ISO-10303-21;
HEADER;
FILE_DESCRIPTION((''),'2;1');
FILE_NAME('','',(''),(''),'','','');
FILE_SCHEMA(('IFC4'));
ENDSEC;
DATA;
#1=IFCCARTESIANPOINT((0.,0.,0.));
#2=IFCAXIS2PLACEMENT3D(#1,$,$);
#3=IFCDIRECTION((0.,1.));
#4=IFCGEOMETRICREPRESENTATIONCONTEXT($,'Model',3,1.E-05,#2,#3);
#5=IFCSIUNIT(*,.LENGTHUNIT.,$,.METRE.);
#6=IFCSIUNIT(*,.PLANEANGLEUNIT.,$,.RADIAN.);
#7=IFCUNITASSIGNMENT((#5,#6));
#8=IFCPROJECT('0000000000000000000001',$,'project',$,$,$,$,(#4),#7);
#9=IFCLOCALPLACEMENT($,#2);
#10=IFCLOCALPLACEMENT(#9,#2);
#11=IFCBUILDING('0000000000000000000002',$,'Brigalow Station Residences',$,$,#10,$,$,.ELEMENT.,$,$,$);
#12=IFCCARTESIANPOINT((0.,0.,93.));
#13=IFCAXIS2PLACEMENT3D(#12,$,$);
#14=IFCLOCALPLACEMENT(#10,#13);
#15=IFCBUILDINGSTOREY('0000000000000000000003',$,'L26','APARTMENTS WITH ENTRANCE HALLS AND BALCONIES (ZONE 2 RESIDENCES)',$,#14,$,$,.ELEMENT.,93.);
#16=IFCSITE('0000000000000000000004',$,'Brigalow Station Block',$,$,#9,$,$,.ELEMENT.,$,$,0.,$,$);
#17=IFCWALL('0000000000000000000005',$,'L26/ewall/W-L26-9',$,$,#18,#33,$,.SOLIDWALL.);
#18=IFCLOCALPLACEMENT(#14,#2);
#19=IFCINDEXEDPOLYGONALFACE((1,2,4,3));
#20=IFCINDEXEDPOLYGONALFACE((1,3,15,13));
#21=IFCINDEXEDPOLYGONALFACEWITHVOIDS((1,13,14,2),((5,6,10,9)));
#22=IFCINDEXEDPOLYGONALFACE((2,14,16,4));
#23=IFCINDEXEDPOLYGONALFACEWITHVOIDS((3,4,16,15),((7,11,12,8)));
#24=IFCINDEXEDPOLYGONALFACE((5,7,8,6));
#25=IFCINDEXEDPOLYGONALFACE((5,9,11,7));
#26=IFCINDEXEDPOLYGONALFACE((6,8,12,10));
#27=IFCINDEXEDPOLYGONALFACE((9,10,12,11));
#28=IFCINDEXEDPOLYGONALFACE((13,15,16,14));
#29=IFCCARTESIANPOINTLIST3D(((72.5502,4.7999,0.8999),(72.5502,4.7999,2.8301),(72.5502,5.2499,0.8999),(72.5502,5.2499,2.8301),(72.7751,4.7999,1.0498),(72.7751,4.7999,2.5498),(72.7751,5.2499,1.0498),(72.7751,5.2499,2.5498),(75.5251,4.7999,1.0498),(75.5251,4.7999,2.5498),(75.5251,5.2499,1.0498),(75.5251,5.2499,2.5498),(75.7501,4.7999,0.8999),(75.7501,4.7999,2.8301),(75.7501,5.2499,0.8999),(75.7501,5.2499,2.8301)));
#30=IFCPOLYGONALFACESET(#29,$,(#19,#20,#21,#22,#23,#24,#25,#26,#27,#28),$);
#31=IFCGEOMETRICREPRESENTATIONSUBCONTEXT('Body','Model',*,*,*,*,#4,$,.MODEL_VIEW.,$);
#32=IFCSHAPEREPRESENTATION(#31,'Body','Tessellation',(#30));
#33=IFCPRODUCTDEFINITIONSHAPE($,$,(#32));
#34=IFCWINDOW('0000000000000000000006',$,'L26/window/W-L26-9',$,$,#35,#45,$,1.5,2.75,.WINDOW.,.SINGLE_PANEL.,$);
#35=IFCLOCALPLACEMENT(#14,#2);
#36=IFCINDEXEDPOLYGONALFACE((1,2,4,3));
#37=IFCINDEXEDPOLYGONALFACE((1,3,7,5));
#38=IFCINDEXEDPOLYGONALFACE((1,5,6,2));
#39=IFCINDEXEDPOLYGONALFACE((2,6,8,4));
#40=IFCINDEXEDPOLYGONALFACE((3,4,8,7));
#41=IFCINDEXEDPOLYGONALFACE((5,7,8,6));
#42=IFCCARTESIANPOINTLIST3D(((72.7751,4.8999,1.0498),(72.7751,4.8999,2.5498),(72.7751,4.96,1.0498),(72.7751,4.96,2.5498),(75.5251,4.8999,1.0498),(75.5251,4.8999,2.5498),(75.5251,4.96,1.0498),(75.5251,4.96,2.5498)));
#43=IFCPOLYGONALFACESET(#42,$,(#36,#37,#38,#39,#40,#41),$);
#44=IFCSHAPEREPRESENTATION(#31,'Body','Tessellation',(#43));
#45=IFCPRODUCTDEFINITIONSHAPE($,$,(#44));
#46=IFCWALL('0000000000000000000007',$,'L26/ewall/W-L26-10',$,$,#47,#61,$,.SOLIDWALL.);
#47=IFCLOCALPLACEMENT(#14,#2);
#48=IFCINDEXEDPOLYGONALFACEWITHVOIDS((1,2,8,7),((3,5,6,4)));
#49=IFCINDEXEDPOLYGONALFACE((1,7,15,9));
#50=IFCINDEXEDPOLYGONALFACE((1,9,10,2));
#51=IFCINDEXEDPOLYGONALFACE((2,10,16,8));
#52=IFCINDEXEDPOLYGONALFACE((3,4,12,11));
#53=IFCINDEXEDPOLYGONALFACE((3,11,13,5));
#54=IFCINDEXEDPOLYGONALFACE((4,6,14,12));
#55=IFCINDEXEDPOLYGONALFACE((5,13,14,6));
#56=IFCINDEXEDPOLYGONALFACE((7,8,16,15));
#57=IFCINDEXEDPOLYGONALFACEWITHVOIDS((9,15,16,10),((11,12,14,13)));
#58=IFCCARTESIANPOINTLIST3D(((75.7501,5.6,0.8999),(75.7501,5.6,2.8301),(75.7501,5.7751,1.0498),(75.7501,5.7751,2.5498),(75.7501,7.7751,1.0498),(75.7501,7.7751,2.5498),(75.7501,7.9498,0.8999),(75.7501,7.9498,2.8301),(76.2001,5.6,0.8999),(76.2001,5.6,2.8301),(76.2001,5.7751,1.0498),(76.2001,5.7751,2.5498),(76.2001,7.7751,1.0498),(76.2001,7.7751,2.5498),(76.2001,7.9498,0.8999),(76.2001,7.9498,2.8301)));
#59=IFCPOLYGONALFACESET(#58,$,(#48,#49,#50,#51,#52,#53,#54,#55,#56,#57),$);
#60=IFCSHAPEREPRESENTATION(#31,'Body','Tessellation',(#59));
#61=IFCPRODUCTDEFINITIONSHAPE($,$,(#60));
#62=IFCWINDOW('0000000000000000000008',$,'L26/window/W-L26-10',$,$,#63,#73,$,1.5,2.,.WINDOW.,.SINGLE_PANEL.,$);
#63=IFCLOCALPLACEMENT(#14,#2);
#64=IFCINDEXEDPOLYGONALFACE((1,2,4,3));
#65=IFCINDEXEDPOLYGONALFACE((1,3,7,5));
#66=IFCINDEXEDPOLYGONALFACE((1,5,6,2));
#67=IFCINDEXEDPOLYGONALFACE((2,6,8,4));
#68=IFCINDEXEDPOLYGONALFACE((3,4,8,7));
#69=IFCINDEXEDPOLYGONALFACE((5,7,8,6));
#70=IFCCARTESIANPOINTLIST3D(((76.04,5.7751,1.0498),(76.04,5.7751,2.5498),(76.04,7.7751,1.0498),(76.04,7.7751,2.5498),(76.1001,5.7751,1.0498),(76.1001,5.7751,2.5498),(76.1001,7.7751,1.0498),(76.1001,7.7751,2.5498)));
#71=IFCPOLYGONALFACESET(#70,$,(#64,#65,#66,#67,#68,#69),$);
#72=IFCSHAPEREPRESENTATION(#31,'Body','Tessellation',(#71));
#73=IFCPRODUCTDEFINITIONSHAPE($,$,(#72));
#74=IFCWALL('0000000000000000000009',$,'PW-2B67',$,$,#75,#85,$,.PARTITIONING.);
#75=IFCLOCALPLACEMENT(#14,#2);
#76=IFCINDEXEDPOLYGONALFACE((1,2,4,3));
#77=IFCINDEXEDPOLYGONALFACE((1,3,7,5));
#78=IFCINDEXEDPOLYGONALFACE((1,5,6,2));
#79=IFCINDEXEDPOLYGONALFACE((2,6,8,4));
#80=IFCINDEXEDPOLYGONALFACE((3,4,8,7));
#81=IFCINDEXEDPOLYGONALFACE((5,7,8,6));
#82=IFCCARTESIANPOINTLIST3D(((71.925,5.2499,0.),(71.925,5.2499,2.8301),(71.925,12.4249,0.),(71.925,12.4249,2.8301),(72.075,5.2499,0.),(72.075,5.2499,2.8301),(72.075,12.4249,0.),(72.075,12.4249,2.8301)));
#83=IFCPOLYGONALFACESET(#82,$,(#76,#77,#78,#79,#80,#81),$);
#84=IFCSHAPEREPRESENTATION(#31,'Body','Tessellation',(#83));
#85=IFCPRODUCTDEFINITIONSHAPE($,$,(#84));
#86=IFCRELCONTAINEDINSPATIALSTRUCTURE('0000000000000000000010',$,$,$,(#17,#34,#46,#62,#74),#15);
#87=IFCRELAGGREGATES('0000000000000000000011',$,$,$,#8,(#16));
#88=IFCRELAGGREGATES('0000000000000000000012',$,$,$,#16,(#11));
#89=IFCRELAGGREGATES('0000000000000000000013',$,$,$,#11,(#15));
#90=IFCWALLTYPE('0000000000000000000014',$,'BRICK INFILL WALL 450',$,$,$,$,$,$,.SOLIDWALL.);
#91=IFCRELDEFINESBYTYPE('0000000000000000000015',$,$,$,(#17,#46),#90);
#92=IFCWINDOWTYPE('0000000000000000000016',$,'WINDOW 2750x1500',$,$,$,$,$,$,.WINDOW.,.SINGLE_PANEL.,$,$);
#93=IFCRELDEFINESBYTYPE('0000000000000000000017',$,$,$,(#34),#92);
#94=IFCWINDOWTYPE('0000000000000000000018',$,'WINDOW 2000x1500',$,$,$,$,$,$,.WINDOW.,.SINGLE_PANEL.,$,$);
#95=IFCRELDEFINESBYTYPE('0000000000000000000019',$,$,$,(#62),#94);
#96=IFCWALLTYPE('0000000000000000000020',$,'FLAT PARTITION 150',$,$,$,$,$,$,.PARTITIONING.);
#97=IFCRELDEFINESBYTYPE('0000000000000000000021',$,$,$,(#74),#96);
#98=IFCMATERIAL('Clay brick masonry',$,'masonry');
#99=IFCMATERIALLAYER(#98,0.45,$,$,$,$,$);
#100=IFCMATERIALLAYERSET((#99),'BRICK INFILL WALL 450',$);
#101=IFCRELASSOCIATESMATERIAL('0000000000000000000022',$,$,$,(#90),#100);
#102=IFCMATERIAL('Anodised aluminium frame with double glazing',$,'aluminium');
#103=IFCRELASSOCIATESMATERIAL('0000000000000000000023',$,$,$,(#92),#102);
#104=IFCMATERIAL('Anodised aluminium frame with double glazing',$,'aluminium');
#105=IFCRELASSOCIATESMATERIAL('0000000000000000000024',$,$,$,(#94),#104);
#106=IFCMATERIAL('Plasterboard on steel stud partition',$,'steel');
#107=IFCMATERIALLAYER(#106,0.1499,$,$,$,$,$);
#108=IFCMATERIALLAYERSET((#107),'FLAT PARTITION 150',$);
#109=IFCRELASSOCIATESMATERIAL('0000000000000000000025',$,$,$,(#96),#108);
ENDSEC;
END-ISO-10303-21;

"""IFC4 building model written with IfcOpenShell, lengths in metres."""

from ifc_helpers import new_model, si_unit, direction, frame, frame_2d, origin, place, context, subcontext, project, spatial, rectangle, extrude, material, layer, layer_set, type_object, element, fill, save


model = new_model("IFC4")

# Units and contexts
model_context = context("Model", 3, precision=1e-05, world=origin(), true_north=direction((0.0, 1.0)))
body_context = subcontext(model_context, "Body", "Model", "MODEL_VIEW")
ifc_project = project(units=[si_unit("LENGTHUNIT", "METRE"), si_unit("PLANEANGLEUNIT", "RADIAN")], contexts=[model_context])

# Site, building, storey
site_placement = place(None, origin())
site = spatial("IfcSite", under=ifc_project, at=site_placement, Name="Brigalow Station Block", CompositionType="ELEMENT", RefElevation=0.0)
building_placement = place(site_placement, origin())
building = spatial("IfcBuilding", under=site, at=building_placement, Name="Brigalow Station Residences", CompositionType="ELEMENT")
storey_placement = place(building_placement, frame((0.0, 0.0, 93.0)))
storey = spatial("IfcBuildingStorey", under=building, at=storey_placement, Name="L26", Description="APARTMENTS WITH ENTRANCE HALLS AND BALCONIES (ZONE 2 RESIDENCES)", CompositionType="ELEMENT", Elevation=93.0)

# Walls, openings, windows
ifc_material_1 = material(Name="Clay brick masonry", Category="masonry")
ifc_layer_1 = layer(ifc_material_1, 0.45)
ifc_layer_set_1 = layer_set([ifc_layer_1], Name="BRICK INFILL WALL 450")
wall_type_1 = type_object("IfcWallType", Name="BRICK INFILL WALL 450", PredefinedType="SOLIDWALL", material=ifc_layer_set_1)
wall_1_placement = place(storey_placement, frame((72.55, 5.0249, 0.8999), z_axis=(0.0, 0.0, 1.0), x_axis=(1.0, 0.0, 0.0)))
wall_1 = element("IfcWall", 1, at=wall_1_placement, inside=storey, type_object=wall_type_1, Name="L26/ewall/W-L26-9", PredefinedType="SOLIDWALL", context=body_context, shape_type="SweptSolid", body=[
    extrude(rectangle(XDim=3.2, YDim=0.45, at=frame_2d((1.6001, 0.0))), origin(), (0.0, 0.0, 1.0), 1.9302),
])
opening_1_placement = place(wall_1_placement, frame((0.2251, 0.0, 0.1499)))
opening_1 = element("IfcOpeningElement", 2, at=opening_1_placement, cuts=wall_1, PredefinedType="OPENING", context=body_context, shape_type="SweptSolid", body=[
    extrude(rectangle(XDim=2.75, YDim=1.5, at=frame_2d((1.375, 0.75))), frame((0.0, 0.2349, 0.0), z_axis=(0.0, -1.0, 0.0), x_axis=(1.0, 0.0, 0.0)), (0.0, 0.0, 1.0), 0.47),
])
ifc_material_2 = material(Name="Anodised aluminium frame with double glazing", Category="aluminium")
window_type_1 = type_object("IfcWindowType", Name="WINDOW 2750x1500", PartitioningType="SINGLE_PANEL", PredefinedType="WINDOW", material=ifc_material_2)
window_1_placement = place(opening_1_placement, origin())
window_1 = element("IfcWindow", 3, at=window_1_placement, inside=storey, type_object=window_type_1, Name="L26/window/W-L26-9", OverallHeight=1.5, OverallWidth=2.75, PartitioningType="SINGLE_PANEL", PredefinedType="WINDOW", context=body_context, shape_type="SweptSolid", body=[
    extrude(rectangle(XDim=2.75, YDim=1.5, at=frame_2d((1.375, 0.75))), frame((0.0, -0.0649, 0.0), z_axis=(0.0, -1.0, 0.0), x_axis=(1.0, 0.0, 0.0)), (0.0, 0.0, 1.0), 0.0601),
])
fill(opening_1, window_1)
wall_2_placement = place(storey_placement, frame((75.9751, 5.6001, 0.8999), z_axis=(0.0, 0.0, 1.0), x_axis=(0.0, 1.0, 0.0)))
wall_2 = element("IfcWall", 4, at=wall_2_placement, inside=storey, type_object=wall_type_1, Name="L26/ewall/W-L26-10", PredefinedType="SOLIDWALL", context=body_context, shape_type="SweptSolid", body=[
    extrude(rectangle(XDim=2.3499, YDim=0.45, at=frame_2d((1.1748, 0.0))), origin(), (0.0, 0.0, 1.0), 1.9302),
])
opening_2_placement = place(wall_2_placement, frame((0.175, 0.0, 0.1499)))
opening_2 = element("IfcOpeningElement", 5, at=opening_2_placement, cuts=wall_2, PredefinedType="OPENING", context=body_context, shape_type="SweptSolid", body=[
    extrude(rectangle(XDim=2.0, YDim=1.5, at=frame_2d((1.0, 0.75))), frame((0.0, 0.2349, 0.0), z_axis=(0.0, -1.0, 0.0), x_axis=(1.0, 0.0, 0.0)), (0.0, 0.0, 1.0), 0.47),
])
ifc_material_3 = material(Name="Anodised aluminium frame with double glazing", Category="aluminium")
window_type_2 = type_object("IfcWindowType", Name="WINDOW 2000x1500", PartitioningType="SINGLE_PANEL", PredefinedType="WINDOW", material=ifc_material_3)
window_2_placement = place(opening_2_placement, origin())
window_2 = element("IfcWindow", 6, at=window_2_placement, inside=storey, type_object=window_type_2, Name="L26/window/W-L26-10", OverallHeight=1.5, OverallWidth=2.0, PartitioningType="SINGLE_PANEL", PredefinedType="WINDOW", context=body_context, shape_type="SweptSolid", body=[
    extrude(rectangle(XDim=2.0, YDim=1.5, at=frame_2d((1.0, 0.75))), frame((0.0, -0.0649, 0.0), z_axis=(0.0, -1.0, 0.0), x_axis=(1.0, 0.0, 0.0)), (0.0, 0.0, 1.0), 0.0601),
])
fill(opening_2, window_2)

# Wall
ifc_material_4 = material(Name="Plasterboard on steel stud partition", Category="steel")
ifc_layer_2 = layer(ifc_material_4, 0.1499)
ifc_layer_set_2 = layer_set([ifc_layer_2], Name="FLAT PARTITION 150")
wall_type_2 = type_object("IfcWallType", Name="FLAT PARTITION 150", PredefinedType="PARTITIONING", material=ifc_layer_set_2)
wall_3_placement = place(storey_placement, frame((72.0, 5.25, 0.0), z_axis=(0.0, 0.0, 1.0), x_axis=(0.0, 1.0, 0.0)))
element("IfcWall", 7, at=wall_3_placement, inside=storey, type_object=wall_type_2, Name="PW-2B67", PredefinedType="PARTITIONING", context=body_context, shape_type="SweptSolid", body=[
    extrude(rectangle(XDim=7.175, YDim=0.1499, at=frame_2d((3.5874, 0.0))), origin(), (0.0, 0.0, 1.0), 2.8301),
])

save(model, "model.ifc")
